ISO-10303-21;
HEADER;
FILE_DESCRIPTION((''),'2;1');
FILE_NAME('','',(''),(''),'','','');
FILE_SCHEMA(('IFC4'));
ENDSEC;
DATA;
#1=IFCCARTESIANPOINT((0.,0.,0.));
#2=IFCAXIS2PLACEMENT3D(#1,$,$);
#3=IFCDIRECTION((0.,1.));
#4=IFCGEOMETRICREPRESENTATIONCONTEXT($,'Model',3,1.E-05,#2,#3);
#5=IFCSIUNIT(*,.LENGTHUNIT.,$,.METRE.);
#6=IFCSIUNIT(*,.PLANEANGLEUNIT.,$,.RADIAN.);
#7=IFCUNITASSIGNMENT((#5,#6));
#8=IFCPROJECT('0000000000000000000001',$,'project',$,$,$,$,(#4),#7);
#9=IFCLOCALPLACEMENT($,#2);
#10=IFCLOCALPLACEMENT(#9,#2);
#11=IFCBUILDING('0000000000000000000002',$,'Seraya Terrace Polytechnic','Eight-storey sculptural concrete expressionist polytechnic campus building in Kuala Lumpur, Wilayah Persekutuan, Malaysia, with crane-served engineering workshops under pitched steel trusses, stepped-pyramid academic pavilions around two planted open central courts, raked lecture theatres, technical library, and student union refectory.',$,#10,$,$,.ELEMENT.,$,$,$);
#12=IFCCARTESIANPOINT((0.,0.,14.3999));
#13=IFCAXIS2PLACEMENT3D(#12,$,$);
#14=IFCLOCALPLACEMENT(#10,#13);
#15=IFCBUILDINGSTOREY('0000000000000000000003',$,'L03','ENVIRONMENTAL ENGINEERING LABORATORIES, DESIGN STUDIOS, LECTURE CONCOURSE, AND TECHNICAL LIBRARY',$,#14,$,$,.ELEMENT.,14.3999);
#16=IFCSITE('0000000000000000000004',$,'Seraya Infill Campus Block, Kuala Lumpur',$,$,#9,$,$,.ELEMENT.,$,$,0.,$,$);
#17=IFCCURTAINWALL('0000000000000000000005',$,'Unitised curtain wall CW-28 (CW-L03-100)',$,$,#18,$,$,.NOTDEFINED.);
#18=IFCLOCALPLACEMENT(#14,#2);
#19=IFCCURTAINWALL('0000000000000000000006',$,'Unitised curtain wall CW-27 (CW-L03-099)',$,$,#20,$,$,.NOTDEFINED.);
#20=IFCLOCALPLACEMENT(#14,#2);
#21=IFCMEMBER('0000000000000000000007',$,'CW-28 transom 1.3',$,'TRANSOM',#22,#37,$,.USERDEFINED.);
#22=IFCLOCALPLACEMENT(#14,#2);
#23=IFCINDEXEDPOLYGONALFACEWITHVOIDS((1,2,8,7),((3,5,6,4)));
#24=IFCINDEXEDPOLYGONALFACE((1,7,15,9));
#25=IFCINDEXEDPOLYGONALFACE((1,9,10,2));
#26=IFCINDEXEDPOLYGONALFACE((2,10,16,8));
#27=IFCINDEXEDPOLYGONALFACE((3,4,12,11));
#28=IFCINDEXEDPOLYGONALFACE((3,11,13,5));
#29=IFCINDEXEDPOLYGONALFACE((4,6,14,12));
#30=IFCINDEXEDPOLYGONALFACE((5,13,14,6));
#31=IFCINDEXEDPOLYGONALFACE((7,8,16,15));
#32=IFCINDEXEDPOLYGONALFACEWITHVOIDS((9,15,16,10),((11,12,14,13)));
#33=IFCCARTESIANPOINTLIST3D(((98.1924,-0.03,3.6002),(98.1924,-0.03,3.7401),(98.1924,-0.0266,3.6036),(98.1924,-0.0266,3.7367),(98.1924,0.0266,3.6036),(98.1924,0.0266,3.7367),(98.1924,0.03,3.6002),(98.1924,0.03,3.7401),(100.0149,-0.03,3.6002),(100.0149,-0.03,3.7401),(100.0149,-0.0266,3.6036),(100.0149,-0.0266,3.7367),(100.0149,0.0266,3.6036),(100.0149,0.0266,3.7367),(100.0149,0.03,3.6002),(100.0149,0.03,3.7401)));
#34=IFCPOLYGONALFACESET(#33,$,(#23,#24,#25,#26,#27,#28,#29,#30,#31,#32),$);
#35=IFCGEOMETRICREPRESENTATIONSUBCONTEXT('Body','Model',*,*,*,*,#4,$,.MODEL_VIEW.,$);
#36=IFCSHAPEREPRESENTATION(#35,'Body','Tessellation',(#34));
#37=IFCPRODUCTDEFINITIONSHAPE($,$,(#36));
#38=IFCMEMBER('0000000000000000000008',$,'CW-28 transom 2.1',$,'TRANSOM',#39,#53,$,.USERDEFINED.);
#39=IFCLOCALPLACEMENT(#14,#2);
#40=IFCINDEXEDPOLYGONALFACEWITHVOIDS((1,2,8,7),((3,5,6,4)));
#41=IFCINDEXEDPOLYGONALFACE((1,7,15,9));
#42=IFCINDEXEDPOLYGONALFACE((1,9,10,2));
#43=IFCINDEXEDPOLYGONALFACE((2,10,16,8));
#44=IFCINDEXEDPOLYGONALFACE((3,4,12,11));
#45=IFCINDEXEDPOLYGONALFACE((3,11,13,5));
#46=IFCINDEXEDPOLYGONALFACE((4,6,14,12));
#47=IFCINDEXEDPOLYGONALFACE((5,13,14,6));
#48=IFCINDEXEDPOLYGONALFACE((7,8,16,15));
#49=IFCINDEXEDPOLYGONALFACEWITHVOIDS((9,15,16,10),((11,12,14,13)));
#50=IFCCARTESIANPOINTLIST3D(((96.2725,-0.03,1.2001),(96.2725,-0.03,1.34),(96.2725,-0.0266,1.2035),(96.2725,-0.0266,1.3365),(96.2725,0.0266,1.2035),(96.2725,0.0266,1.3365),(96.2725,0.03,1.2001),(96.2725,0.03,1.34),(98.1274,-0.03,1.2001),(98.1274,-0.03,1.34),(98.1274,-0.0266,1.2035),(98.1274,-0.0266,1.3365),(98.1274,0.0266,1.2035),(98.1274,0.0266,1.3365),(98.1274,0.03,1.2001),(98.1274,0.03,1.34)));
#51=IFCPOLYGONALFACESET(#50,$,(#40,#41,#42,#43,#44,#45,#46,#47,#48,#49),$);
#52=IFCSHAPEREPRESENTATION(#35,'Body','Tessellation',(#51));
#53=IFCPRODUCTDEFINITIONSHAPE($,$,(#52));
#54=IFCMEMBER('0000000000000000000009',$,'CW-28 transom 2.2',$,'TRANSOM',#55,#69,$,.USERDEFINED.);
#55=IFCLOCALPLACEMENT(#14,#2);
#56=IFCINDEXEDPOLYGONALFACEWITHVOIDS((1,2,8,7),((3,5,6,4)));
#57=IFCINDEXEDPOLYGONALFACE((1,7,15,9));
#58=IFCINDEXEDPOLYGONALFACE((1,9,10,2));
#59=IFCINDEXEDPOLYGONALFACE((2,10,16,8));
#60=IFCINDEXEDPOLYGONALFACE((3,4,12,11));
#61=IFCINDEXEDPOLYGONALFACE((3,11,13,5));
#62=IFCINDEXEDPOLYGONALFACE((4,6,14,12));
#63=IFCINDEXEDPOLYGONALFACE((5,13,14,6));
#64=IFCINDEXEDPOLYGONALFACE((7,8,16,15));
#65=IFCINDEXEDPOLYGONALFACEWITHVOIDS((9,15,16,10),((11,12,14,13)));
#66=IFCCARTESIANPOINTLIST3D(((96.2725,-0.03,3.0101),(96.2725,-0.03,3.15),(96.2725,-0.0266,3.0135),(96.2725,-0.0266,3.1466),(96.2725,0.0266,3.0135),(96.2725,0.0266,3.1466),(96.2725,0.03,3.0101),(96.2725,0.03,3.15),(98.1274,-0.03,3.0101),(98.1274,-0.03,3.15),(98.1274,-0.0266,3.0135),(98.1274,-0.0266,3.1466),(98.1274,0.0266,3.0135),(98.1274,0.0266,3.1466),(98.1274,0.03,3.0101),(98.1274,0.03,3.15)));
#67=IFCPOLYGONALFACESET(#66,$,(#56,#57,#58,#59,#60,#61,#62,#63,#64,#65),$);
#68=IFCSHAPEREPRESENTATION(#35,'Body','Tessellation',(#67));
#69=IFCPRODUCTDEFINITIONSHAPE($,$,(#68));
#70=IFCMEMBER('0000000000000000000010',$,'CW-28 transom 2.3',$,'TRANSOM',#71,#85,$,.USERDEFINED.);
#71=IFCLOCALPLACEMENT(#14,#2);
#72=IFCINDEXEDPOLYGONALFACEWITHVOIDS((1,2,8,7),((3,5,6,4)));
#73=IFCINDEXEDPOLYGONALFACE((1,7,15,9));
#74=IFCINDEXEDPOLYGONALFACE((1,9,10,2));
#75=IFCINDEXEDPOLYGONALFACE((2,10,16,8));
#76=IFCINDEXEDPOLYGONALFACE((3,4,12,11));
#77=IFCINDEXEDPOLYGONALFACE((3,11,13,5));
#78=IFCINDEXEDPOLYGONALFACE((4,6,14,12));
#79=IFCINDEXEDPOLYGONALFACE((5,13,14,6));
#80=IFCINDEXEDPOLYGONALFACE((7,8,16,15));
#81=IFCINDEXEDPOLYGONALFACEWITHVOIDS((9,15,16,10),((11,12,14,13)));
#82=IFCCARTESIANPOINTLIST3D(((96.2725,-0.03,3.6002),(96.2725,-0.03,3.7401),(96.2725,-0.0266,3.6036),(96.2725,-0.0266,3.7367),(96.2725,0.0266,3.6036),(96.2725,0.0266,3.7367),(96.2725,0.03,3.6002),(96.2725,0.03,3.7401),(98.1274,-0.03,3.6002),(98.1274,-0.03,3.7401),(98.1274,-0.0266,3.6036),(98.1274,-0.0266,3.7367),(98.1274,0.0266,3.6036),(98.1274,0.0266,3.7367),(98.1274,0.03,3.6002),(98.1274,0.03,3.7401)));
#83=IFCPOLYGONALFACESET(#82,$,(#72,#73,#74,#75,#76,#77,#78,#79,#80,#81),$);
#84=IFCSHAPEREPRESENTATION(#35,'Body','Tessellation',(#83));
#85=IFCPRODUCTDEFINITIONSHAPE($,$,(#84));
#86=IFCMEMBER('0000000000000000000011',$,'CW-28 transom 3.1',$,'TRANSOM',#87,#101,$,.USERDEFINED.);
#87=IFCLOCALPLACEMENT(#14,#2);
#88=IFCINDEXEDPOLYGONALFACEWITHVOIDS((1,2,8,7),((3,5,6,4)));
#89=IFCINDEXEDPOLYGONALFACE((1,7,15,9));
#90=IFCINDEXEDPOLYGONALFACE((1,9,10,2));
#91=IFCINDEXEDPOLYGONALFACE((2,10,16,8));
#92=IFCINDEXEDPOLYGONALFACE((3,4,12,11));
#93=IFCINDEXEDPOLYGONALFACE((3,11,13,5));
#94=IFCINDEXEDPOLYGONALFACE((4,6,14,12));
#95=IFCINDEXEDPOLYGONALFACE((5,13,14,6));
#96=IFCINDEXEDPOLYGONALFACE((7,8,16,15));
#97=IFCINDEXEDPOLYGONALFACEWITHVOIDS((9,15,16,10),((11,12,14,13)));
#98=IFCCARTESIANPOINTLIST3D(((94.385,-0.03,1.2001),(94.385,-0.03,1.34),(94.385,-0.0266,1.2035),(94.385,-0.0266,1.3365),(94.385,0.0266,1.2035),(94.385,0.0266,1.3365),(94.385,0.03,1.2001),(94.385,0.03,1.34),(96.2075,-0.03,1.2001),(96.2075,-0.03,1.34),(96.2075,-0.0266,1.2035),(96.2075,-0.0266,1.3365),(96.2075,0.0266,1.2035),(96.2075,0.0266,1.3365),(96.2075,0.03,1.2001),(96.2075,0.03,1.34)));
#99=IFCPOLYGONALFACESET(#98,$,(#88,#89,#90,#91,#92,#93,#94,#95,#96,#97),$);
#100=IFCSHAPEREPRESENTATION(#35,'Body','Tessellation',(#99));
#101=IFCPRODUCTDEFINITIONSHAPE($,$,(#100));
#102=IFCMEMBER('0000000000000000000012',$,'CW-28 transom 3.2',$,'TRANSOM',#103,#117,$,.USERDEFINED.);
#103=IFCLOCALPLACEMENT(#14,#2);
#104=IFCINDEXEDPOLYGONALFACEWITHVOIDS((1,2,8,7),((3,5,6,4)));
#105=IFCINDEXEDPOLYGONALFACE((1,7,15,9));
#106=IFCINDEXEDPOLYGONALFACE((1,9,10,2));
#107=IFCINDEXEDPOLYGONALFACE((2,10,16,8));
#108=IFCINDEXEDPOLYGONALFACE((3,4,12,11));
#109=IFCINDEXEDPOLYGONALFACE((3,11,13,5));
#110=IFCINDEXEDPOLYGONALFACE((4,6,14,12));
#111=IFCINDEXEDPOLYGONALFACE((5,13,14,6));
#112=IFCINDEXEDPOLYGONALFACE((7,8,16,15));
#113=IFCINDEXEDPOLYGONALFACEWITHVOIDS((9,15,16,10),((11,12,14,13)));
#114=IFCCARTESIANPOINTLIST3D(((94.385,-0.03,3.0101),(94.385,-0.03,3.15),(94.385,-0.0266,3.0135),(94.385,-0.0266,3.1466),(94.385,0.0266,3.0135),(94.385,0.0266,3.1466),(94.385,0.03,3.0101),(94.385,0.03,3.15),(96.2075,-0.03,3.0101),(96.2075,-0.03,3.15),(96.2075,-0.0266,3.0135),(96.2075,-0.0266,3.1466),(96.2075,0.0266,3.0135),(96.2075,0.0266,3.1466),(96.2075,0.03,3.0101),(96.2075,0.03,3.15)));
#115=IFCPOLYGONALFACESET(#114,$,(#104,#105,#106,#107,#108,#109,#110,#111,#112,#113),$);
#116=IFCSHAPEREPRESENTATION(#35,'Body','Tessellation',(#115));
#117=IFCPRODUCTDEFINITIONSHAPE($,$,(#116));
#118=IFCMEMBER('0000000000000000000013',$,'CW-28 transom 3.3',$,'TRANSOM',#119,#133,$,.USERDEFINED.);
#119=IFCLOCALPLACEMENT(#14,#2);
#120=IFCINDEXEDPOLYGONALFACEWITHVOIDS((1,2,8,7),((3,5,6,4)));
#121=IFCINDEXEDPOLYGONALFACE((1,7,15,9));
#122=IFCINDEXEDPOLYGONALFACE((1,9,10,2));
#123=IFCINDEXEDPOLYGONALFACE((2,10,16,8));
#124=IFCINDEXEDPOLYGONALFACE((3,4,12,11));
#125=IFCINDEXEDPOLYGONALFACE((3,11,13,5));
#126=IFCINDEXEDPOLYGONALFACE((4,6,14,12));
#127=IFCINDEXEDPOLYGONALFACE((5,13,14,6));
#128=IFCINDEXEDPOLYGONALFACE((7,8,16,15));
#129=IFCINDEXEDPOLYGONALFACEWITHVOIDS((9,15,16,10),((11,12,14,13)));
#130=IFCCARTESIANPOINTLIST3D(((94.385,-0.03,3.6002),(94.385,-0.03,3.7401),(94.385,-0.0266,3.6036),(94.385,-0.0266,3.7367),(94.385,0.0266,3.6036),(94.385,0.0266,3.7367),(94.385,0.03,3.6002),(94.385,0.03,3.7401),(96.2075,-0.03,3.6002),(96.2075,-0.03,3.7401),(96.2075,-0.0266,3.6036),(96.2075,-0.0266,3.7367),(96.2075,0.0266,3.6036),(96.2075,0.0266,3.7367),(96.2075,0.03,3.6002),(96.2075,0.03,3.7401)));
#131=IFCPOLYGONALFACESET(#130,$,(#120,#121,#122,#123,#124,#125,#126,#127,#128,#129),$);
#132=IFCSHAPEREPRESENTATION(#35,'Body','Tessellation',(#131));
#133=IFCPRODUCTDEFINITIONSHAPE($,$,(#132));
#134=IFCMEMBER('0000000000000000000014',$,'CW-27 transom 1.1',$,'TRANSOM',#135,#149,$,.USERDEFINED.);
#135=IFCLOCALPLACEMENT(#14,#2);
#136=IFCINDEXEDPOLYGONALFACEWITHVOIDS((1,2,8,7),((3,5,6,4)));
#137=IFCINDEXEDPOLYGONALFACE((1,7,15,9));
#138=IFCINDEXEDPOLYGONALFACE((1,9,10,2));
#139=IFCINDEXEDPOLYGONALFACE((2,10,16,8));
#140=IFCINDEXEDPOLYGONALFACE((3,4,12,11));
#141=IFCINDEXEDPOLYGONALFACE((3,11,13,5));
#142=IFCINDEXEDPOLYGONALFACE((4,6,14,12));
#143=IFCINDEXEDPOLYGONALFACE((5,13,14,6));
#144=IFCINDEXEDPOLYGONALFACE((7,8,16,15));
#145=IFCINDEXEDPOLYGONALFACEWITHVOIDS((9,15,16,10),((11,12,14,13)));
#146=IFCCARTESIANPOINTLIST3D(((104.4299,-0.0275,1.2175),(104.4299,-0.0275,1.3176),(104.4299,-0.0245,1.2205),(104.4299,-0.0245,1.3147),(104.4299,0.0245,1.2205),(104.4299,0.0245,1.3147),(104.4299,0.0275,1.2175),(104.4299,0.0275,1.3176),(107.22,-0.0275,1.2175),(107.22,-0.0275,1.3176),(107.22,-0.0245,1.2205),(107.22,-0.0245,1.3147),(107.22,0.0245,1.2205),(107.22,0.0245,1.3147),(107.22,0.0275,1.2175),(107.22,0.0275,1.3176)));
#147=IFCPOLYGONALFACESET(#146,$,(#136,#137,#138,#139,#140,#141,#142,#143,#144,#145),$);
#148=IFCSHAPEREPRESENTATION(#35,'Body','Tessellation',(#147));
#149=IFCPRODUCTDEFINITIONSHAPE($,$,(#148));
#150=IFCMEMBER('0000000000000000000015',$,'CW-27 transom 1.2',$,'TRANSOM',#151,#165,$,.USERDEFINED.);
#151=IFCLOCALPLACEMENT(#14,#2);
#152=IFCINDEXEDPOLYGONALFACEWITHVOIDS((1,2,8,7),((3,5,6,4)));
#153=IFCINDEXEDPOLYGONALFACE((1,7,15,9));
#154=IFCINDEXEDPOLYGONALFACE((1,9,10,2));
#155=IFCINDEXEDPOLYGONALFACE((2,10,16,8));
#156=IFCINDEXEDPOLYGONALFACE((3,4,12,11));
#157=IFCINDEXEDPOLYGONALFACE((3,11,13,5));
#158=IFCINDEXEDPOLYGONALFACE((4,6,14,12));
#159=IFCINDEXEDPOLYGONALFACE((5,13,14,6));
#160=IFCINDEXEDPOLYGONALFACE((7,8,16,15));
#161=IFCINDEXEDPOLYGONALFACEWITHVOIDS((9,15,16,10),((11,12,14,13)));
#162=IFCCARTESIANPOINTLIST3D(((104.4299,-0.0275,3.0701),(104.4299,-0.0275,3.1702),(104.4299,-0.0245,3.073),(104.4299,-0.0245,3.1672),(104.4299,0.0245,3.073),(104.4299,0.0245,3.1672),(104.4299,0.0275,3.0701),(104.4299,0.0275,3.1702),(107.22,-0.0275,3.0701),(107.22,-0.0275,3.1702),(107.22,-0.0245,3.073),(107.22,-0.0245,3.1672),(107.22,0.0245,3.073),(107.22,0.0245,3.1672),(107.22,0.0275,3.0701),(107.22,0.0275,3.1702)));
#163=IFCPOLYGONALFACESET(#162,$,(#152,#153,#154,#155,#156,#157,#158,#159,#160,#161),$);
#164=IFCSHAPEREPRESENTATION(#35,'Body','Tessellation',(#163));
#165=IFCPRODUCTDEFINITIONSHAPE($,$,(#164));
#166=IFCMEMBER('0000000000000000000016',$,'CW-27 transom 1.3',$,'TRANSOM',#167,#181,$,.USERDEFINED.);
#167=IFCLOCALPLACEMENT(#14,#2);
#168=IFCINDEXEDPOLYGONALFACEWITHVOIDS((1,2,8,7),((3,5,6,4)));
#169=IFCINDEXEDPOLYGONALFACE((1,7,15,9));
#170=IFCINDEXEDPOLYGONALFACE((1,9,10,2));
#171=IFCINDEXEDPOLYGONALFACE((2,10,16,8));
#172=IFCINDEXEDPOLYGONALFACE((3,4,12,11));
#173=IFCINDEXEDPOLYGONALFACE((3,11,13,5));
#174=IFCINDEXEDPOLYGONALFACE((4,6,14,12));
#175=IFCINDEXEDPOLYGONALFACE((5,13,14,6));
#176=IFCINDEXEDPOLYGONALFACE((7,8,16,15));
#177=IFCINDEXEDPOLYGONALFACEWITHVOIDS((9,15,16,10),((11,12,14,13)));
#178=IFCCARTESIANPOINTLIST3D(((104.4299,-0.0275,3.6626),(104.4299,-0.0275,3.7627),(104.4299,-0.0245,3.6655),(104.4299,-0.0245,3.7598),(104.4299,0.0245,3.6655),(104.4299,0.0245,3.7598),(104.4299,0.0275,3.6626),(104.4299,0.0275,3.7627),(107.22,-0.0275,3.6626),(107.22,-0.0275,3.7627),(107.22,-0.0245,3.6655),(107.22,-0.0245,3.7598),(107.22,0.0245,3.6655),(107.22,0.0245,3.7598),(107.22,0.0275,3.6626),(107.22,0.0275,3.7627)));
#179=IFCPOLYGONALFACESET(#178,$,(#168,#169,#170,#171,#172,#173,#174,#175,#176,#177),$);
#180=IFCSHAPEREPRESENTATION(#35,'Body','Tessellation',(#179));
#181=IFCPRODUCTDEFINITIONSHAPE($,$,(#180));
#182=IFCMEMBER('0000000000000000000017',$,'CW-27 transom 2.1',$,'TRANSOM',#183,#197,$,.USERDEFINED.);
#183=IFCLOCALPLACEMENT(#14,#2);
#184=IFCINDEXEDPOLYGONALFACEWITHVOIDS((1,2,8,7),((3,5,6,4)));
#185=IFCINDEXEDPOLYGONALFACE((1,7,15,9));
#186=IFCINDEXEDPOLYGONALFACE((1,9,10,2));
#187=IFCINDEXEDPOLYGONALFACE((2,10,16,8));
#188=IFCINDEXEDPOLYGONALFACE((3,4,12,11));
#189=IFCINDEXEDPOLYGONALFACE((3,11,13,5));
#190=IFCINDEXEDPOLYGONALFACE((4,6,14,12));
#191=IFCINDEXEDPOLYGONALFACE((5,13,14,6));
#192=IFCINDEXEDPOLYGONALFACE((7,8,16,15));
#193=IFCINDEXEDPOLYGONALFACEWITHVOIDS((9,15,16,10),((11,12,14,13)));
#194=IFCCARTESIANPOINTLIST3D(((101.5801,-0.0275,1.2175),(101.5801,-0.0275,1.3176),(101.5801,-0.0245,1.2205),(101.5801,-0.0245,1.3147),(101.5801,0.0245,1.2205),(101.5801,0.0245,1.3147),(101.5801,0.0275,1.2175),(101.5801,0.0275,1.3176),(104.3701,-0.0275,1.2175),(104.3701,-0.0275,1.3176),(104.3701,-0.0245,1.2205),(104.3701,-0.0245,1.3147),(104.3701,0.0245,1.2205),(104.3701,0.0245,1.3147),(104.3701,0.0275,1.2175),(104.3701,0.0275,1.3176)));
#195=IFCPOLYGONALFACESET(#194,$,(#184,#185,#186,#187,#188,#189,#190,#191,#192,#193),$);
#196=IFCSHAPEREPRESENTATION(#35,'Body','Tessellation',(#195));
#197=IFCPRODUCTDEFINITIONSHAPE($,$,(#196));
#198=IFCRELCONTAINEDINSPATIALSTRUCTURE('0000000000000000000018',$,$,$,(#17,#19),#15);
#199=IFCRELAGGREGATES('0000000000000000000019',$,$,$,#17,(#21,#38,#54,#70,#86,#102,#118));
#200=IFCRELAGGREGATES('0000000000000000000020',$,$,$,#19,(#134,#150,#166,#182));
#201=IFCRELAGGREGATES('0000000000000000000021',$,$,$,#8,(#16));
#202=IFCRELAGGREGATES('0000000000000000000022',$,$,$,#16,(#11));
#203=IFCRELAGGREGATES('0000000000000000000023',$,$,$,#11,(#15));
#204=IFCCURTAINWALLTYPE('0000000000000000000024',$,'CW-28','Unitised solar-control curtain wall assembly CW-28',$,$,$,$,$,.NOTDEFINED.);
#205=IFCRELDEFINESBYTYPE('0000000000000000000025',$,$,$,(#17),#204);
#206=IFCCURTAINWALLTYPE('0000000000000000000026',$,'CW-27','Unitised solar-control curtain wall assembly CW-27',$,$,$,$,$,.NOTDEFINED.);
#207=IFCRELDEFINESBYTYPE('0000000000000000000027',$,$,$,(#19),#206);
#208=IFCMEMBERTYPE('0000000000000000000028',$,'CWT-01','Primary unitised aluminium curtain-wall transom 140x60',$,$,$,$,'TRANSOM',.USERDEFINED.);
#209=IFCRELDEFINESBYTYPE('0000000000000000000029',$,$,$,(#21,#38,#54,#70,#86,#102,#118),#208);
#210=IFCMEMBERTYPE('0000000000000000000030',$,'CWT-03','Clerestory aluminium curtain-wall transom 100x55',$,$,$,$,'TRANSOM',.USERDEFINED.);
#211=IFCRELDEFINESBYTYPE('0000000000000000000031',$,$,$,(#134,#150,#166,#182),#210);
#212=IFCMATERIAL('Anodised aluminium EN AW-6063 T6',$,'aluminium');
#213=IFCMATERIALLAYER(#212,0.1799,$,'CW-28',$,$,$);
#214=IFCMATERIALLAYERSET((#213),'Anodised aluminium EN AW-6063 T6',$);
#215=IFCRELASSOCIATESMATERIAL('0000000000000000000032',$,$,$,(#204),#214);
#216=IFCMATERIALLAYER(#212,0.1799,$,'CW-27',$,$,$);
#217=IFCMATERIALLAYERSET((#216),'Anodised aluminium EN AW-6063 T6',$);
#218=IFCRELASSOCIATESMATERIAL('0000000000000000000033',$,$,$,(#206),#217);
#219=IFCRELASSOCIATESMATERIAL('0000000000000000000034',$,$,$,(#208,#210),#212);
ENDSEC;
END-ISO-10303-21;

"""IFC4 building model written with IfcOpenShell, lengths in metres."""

from ifc_helpers import new_model, si_unit, direction, frame, origin, origin_2d, place, context, subcontext, project, spatial, hollow_rectangle, extrude, material, layer, layer_set, material_profile, profile_set, type_object, element, aggregate, save


model = new_model("IFC4")

# Units and contexts
model_context = context("Model", 3, precision=1e-05, world=origin(), true_north=direction((0.0, 1.0)))
body_context = subcontext(model_context, "Body", "Model", "MODEL_VIEW")
ifc_project = project(units=[si_unit("LENGTHUNIT", "METRE"), si_unit("PLANEANGLEUNIT", "RADIAN")], contexts=[model_context])

# Site, building, storey
site_placement = place(None, origin())
site = spatial("IfcSite", under=ifc_project, at=site_placement, Name="Seraya Infill Campus Block, Kuala Lumpur", CompositionType="ELEMENT", RefElevation=0.0)
building_placement = place(site_placement, origin())
building = spatial("IfcBuilding", under=site, at=building_placement, Name="Seraya Terrace Polytechnic", Description="Eight-storey sculptural concrete expressionist polytechnic campus building in Kuala Lumpur, Wilayah Persekutuan, Malaysia, with crane-served engineering workshops under pitched steel trusses, stepped-pyramid academic pavilions around two planted open central courts, raked lecture theatres, technical library, and student union refectory.", CompositionType="ELEMENT")
storey_placement = place(building_placement, frame((0.0, 0.0, 14.3999)))
storey = spatial("IfcBuildingStorey", under=building, at=storey_placement, Name="L03", Description="ENVIRONMENTAL ENGINEERING LABORATORIES, DESIGN STUDIOS, LECTURE CONCOURSE, AND TECHNICAL LIBRARY", CompositionType="ELEMENT", Elevation=14.3999)

# Curtain walls
ifc_material_1 = material(Name="Anodised aluminium EN AW-6063 T6", Category="aluminium")
ifc_layer_1 = layer(ifc_material_1, 0.1799, Name="CW-28")
ifc_layer_set_1 = layer_set([ifc_layer_1], Name="Anodised aluminium EN AW-6063 T6")
curtain_wall_type_1 = type_object("IfcCurtainWallType", Name="CW-28", Description="Unitised solar-control curtain wall assembly CW-28", PredefinedType="NOTDEFINED", material=ifc_layer_set_1)
curtain_wall_1_placement = place(storey_placement, origin())
curtain_wall_1 = element("IfcCurtainWall", 1, at=curtain_wall_1_placement, inside=storey, type_object=curtain_wall_type_1, Name="Unitised curtain wall CW-28 (CW-L03-100)", PredefinedType="NOTDEFINED")
ifc_layer_2 = layer(ifc_material_1, 0.1799, Name="CW-27")
ifc_layer_set_2 = layer_set([ifc_layer_2], Name="Anodised aluminium EN AW-6063 T6")
curtain_wall_type_2 = type_object("IfcCurtainWallType", Name="CW-27", Description="Unitised solar-control curtain wall assembly CW-27", PredefinedType="NOTDEFINED", material=ifc_layer_set_2)
curtain_wall_2_placement = place(storey_placement, origin())
curtain_wall_2 = element("IfcCurtainWall", 2, at=curtain_wall_2_placement, inside=storey, type_object=curtain_wall_type_2, Name="Unitised curtain wall CW-27 (CW-L03-099)", PredefinedType="NOTDEFINED")

# Members
ifc_material_profile_1 = material_profile(ifc_material_1, hollow_rectangle(XDim=0.0601, YDim=0.1399, WallThickness=0.0034, at=origin_2d()), Name="RHS 140x60x3.5")
ifc_profile_set_1 = profile_set([ifc_material_profile_1], Name="Anodised aluminium EN AW-6063 T6")
member_type_1 = type_object("IfcMemberType", Name="CWT-01", Description="Primary unitised aluminium curtain-wall transom 140x60", ElementType="TRANSOM", PredefinedType="USERDEFINED", material=ifc_profile_set_1)
member_1_placement = place(storey_placement, frame((100.0149, 0.0, 3.6702), z_axis=(-1.0, 0.0, 0.0), x_axis=(0.0, -1.0, 0.0)))
member_1 = element("IfcMember", 3, at=member_1_placement, type_object=member_type_1, Name="CW-28 transom 1.3", ObjectType="TRANSOM", PredefinedType="USERDEFINED", context=body_context, shape_type="SweptSolid", body=[
    extrude(hollow_rectangle(XDim=0.0601, YDim=0.1399, WallThickness=0.0034, at=origin_2d()), origin(), (0.0, 0.0, 1.0), 1.8225),
])
member_2_placement = place(storey_placement, frame((98.1274, 0.0, 1.27), z_axis=(-1.0, 0.0, 0.0), x_axis=(0.0, -1.0, 0.0)))
member_2 = element("IfcMember", 4, at=member_2_placement, type_object=member_type_1, Name="CW-28 transom 2.1", ObjectType="TRANSOM", PredefinedType="USERDEFINED", context=body_context, shape_type="SweptSolid", body=[
    extrude(hollow_rectangle(XDim=0.0601, YDim=0.1399, WallThickness=0.0034, at=origin_2d()), origin(), (0.0, 0.0, 1.0), 1.855),
])
member_3_placement = place(storey_placement, frame((98.1274, 0.0, 3.0801), z_axis=(-1.0, 0.0, 0.0), x_axis=(0.0, -1.0, 0.0)))
member_3 = element("IfcMember", 5, at=member_3_placement, type_object=member_type_1, Name="CW-28 transom 2.2", ObjectType="TRANSOM", PredefinedType="USERDEFINED", context=body_context, shape_type="SweptSolid", body=[
    extrude(hollow_rectangle(XDim=0.0601, YDim=0.1399, WallThickness=0.0034, at=origin_2d()), origin(), (0.0, 0.0, 1.0), 1.855),
])
member_4_placement = place(storey_placement, frame((98.1274, 0.0, 3.6702), z_axis=(-1.0, 0.0, 0.0), x_axis=(0.0, -1.0, 0.0)))
member_4 = element("IfcMember", 6, at=member_4_placement, type_object=member_type_1, Name="CW-28 transom 2.3", ObjectType="TRANSOM", PredefinedType="USERDEFINED", context=body_context, shape_type="SweptSolid", body=[
    extrude(hollow_rectangle(XDim=0.0601, YDim=0.1399, WallThickness=0.0034, at=origin_2d()), origin(), (0.0, 0.0, 1.0), 1.855),
])
member_5_placement = place(storey_placement, frame((96.2075, 0.0, 1.27), z_axis=(-1.0, 0.0, 0.0), x_axis=(0.0, -1.0, 0.0)))
member_5 = element("IfcMember", 7, at=member_5_placement, type_object=member_type_1, Name="CW-28 transom 3.1", ObjectType="TRANSOM", PredefinedType="USERDEFINED", context=body_context, shape_type="SweptSolid", body=[
    extrude(hollow_rectangle(XDim=0.0601, YDim=0.1399, WallThickness=0.0034, at=origin_2d()), origin(), (0.0, 0.0, 1.0), 1.8225),
])
member_6_placement = place(storey_placement, frame((96.2075, 0.0, 3.0801), z_axis=(-1.0, 0.0, 0.0), x_axis=(0.0, -1.0, 0.0)))
member_6 = element("IfcMember", 8, at=member_6_placement, type_object=member_type_1, Name="CW-28 transom 3.2", ObjectType="TRANSOM", PredefinedType="USERDEFINED", context=body_context, shape_type="SweptSolid", body=[
    extrude(hollow_rectangle(XDim=0.0601, YDim=0.1399, WallThickness=0.0034, at=origin_2d()), origin(), (0.0, 0.0, 1.0), 1.8225),
])
member_7_placement = place(storey_placement, frame((96.2075, 0.0, 3.6702), z_axis=(-1.0, 0.0, 0.0), x_axis=(0.0, -1.0, 0.0)))
member_7 = element("IfcMember", 9, at=member_7_placement, type_object=member_type_1, Name="CW-28 transom 3.3", ObjectType="TRANSOM", PredefinedType="USERDEFINED", context=body_context, shape_type="SweptSolid", body=[
    extrude(hollow_rectangle(XDim=0.0601, YDim=0.1399, WallThickness=0.0034, at=origin_2d()), origin(), (0.0, 0.0, 1.0), 1.8225),
])
ifc_material_profile_2 = material_profile(ifc_material_1, hollow_rectangle(XDim=0.0549, YDim=0.1001, WallThickness=0.0029, at=origin_2d()), Name="RHS 100x55x3.0")
ifc_profile_set_2 = profile_set([ifc_material_profile_2], Name="Anodised aluminium EN AW-6063 T6")
member_type_2 = type_object("IfcMemberType", Name="CWT-03", Description="Clerestory aluminium curtain-wall transom 100x55", ElementType="TRANSOM", PredefinedType="USERDEFINED", material=ifc_profile_set_2)
member_8_placement = place(storey_placement, frame((107.22, 0.0, 1.2676), z_axis=(-1.0, 0.0, 0.0), x_axis=(0.0, -1.0, 0.0)))
member_8 = element("IfcMember", 10, at=member_8_placement, type_object=member_type_2, Name="CW-27 transom 1.1", ObjectType="TRANSOM", PredefinedType="USERDEFINED", context=body_context, shape_type="SweptSolid", body=[
    extrude(hollow_rectangle(XDim=0.0549, YDim=0.1001, WallThickness=0.0029, at=origin_2d()), origin(), (0.0, 0.0, 1.0), 2.79),
])
member_9_placement = place(storey_placement, frame((107.22, 0.0, 3.1201), z_axis=(-1.0, 0.0, 0.0), x_axis=(0.0, -1.0, 0.0)))
member_9 = element("IfcMember", 11, at=member_9_placement, type_object=member_type_2, Name="CW-27 transom 1.2", ObjectType="TRANSOM", PredefinedType="USERDEFINED", context=body_context, shape_type="SweptSolid", body=[
    extrude(hollow_rectangle(XDim=0.0549, YDim=0.1001, WallThickness=0.0029, at=origin_2d()), origin(), (0.0, 0.0, 1.0), 2.79),
])
member_10_placement = place(storey_placement, frame((107.22, 0.0, 3.7126), z_axis=(-1.0, 0.0, 0.0), x_axis=(0.0, -1.0, 0.0)))
member_10 = element("IfcMember", 12, at=member_10_placement, type_object=member_type_2, Name="CW-27 transom 1.3", ObjectType="TRANSOM", PredefinedType="USERDEFINED", context=body_context, shape_type="SweptSolid", body=[
    extrude(hollow_rectangle(XDim=0.0549, YDim=0.1001, WallThickness=0.0029, at=origin_2d()), origin(), (0.0, 0.0, 1.0), 2.79),
])
member_11_placement = place(storey_placement, frame((104.3701, 0.0, 1.2676), z_axis=(-1.0, 0.0, 0.0), x_axis=(0.0, -1.0, 0.0)))
member_11 = element("IfcMember", 13, at=member_11_placement, type_object=member_type_2, Name="CW-27 transom 2.1", ObjectType="TRANSOM", PredefinedType="USERDEFINED", context=body_context, shape_type="SweptSolid", body=[
    extrude(hollow_rectangle(XDim=0.0549, YDim=0.1001, WallThickness=0.0029, at=origin_2d()), origin(), (0.0, 0.0, 1.0), 2.79),
])

aggregate(curtain_wall_1, [member_1, member_2, member_3, member_4, member_5, member_6, member_7])
aggregate(curtain_wall_2, [member_8, member_9, member_10, member_11])

save(model, "model.ifc")
